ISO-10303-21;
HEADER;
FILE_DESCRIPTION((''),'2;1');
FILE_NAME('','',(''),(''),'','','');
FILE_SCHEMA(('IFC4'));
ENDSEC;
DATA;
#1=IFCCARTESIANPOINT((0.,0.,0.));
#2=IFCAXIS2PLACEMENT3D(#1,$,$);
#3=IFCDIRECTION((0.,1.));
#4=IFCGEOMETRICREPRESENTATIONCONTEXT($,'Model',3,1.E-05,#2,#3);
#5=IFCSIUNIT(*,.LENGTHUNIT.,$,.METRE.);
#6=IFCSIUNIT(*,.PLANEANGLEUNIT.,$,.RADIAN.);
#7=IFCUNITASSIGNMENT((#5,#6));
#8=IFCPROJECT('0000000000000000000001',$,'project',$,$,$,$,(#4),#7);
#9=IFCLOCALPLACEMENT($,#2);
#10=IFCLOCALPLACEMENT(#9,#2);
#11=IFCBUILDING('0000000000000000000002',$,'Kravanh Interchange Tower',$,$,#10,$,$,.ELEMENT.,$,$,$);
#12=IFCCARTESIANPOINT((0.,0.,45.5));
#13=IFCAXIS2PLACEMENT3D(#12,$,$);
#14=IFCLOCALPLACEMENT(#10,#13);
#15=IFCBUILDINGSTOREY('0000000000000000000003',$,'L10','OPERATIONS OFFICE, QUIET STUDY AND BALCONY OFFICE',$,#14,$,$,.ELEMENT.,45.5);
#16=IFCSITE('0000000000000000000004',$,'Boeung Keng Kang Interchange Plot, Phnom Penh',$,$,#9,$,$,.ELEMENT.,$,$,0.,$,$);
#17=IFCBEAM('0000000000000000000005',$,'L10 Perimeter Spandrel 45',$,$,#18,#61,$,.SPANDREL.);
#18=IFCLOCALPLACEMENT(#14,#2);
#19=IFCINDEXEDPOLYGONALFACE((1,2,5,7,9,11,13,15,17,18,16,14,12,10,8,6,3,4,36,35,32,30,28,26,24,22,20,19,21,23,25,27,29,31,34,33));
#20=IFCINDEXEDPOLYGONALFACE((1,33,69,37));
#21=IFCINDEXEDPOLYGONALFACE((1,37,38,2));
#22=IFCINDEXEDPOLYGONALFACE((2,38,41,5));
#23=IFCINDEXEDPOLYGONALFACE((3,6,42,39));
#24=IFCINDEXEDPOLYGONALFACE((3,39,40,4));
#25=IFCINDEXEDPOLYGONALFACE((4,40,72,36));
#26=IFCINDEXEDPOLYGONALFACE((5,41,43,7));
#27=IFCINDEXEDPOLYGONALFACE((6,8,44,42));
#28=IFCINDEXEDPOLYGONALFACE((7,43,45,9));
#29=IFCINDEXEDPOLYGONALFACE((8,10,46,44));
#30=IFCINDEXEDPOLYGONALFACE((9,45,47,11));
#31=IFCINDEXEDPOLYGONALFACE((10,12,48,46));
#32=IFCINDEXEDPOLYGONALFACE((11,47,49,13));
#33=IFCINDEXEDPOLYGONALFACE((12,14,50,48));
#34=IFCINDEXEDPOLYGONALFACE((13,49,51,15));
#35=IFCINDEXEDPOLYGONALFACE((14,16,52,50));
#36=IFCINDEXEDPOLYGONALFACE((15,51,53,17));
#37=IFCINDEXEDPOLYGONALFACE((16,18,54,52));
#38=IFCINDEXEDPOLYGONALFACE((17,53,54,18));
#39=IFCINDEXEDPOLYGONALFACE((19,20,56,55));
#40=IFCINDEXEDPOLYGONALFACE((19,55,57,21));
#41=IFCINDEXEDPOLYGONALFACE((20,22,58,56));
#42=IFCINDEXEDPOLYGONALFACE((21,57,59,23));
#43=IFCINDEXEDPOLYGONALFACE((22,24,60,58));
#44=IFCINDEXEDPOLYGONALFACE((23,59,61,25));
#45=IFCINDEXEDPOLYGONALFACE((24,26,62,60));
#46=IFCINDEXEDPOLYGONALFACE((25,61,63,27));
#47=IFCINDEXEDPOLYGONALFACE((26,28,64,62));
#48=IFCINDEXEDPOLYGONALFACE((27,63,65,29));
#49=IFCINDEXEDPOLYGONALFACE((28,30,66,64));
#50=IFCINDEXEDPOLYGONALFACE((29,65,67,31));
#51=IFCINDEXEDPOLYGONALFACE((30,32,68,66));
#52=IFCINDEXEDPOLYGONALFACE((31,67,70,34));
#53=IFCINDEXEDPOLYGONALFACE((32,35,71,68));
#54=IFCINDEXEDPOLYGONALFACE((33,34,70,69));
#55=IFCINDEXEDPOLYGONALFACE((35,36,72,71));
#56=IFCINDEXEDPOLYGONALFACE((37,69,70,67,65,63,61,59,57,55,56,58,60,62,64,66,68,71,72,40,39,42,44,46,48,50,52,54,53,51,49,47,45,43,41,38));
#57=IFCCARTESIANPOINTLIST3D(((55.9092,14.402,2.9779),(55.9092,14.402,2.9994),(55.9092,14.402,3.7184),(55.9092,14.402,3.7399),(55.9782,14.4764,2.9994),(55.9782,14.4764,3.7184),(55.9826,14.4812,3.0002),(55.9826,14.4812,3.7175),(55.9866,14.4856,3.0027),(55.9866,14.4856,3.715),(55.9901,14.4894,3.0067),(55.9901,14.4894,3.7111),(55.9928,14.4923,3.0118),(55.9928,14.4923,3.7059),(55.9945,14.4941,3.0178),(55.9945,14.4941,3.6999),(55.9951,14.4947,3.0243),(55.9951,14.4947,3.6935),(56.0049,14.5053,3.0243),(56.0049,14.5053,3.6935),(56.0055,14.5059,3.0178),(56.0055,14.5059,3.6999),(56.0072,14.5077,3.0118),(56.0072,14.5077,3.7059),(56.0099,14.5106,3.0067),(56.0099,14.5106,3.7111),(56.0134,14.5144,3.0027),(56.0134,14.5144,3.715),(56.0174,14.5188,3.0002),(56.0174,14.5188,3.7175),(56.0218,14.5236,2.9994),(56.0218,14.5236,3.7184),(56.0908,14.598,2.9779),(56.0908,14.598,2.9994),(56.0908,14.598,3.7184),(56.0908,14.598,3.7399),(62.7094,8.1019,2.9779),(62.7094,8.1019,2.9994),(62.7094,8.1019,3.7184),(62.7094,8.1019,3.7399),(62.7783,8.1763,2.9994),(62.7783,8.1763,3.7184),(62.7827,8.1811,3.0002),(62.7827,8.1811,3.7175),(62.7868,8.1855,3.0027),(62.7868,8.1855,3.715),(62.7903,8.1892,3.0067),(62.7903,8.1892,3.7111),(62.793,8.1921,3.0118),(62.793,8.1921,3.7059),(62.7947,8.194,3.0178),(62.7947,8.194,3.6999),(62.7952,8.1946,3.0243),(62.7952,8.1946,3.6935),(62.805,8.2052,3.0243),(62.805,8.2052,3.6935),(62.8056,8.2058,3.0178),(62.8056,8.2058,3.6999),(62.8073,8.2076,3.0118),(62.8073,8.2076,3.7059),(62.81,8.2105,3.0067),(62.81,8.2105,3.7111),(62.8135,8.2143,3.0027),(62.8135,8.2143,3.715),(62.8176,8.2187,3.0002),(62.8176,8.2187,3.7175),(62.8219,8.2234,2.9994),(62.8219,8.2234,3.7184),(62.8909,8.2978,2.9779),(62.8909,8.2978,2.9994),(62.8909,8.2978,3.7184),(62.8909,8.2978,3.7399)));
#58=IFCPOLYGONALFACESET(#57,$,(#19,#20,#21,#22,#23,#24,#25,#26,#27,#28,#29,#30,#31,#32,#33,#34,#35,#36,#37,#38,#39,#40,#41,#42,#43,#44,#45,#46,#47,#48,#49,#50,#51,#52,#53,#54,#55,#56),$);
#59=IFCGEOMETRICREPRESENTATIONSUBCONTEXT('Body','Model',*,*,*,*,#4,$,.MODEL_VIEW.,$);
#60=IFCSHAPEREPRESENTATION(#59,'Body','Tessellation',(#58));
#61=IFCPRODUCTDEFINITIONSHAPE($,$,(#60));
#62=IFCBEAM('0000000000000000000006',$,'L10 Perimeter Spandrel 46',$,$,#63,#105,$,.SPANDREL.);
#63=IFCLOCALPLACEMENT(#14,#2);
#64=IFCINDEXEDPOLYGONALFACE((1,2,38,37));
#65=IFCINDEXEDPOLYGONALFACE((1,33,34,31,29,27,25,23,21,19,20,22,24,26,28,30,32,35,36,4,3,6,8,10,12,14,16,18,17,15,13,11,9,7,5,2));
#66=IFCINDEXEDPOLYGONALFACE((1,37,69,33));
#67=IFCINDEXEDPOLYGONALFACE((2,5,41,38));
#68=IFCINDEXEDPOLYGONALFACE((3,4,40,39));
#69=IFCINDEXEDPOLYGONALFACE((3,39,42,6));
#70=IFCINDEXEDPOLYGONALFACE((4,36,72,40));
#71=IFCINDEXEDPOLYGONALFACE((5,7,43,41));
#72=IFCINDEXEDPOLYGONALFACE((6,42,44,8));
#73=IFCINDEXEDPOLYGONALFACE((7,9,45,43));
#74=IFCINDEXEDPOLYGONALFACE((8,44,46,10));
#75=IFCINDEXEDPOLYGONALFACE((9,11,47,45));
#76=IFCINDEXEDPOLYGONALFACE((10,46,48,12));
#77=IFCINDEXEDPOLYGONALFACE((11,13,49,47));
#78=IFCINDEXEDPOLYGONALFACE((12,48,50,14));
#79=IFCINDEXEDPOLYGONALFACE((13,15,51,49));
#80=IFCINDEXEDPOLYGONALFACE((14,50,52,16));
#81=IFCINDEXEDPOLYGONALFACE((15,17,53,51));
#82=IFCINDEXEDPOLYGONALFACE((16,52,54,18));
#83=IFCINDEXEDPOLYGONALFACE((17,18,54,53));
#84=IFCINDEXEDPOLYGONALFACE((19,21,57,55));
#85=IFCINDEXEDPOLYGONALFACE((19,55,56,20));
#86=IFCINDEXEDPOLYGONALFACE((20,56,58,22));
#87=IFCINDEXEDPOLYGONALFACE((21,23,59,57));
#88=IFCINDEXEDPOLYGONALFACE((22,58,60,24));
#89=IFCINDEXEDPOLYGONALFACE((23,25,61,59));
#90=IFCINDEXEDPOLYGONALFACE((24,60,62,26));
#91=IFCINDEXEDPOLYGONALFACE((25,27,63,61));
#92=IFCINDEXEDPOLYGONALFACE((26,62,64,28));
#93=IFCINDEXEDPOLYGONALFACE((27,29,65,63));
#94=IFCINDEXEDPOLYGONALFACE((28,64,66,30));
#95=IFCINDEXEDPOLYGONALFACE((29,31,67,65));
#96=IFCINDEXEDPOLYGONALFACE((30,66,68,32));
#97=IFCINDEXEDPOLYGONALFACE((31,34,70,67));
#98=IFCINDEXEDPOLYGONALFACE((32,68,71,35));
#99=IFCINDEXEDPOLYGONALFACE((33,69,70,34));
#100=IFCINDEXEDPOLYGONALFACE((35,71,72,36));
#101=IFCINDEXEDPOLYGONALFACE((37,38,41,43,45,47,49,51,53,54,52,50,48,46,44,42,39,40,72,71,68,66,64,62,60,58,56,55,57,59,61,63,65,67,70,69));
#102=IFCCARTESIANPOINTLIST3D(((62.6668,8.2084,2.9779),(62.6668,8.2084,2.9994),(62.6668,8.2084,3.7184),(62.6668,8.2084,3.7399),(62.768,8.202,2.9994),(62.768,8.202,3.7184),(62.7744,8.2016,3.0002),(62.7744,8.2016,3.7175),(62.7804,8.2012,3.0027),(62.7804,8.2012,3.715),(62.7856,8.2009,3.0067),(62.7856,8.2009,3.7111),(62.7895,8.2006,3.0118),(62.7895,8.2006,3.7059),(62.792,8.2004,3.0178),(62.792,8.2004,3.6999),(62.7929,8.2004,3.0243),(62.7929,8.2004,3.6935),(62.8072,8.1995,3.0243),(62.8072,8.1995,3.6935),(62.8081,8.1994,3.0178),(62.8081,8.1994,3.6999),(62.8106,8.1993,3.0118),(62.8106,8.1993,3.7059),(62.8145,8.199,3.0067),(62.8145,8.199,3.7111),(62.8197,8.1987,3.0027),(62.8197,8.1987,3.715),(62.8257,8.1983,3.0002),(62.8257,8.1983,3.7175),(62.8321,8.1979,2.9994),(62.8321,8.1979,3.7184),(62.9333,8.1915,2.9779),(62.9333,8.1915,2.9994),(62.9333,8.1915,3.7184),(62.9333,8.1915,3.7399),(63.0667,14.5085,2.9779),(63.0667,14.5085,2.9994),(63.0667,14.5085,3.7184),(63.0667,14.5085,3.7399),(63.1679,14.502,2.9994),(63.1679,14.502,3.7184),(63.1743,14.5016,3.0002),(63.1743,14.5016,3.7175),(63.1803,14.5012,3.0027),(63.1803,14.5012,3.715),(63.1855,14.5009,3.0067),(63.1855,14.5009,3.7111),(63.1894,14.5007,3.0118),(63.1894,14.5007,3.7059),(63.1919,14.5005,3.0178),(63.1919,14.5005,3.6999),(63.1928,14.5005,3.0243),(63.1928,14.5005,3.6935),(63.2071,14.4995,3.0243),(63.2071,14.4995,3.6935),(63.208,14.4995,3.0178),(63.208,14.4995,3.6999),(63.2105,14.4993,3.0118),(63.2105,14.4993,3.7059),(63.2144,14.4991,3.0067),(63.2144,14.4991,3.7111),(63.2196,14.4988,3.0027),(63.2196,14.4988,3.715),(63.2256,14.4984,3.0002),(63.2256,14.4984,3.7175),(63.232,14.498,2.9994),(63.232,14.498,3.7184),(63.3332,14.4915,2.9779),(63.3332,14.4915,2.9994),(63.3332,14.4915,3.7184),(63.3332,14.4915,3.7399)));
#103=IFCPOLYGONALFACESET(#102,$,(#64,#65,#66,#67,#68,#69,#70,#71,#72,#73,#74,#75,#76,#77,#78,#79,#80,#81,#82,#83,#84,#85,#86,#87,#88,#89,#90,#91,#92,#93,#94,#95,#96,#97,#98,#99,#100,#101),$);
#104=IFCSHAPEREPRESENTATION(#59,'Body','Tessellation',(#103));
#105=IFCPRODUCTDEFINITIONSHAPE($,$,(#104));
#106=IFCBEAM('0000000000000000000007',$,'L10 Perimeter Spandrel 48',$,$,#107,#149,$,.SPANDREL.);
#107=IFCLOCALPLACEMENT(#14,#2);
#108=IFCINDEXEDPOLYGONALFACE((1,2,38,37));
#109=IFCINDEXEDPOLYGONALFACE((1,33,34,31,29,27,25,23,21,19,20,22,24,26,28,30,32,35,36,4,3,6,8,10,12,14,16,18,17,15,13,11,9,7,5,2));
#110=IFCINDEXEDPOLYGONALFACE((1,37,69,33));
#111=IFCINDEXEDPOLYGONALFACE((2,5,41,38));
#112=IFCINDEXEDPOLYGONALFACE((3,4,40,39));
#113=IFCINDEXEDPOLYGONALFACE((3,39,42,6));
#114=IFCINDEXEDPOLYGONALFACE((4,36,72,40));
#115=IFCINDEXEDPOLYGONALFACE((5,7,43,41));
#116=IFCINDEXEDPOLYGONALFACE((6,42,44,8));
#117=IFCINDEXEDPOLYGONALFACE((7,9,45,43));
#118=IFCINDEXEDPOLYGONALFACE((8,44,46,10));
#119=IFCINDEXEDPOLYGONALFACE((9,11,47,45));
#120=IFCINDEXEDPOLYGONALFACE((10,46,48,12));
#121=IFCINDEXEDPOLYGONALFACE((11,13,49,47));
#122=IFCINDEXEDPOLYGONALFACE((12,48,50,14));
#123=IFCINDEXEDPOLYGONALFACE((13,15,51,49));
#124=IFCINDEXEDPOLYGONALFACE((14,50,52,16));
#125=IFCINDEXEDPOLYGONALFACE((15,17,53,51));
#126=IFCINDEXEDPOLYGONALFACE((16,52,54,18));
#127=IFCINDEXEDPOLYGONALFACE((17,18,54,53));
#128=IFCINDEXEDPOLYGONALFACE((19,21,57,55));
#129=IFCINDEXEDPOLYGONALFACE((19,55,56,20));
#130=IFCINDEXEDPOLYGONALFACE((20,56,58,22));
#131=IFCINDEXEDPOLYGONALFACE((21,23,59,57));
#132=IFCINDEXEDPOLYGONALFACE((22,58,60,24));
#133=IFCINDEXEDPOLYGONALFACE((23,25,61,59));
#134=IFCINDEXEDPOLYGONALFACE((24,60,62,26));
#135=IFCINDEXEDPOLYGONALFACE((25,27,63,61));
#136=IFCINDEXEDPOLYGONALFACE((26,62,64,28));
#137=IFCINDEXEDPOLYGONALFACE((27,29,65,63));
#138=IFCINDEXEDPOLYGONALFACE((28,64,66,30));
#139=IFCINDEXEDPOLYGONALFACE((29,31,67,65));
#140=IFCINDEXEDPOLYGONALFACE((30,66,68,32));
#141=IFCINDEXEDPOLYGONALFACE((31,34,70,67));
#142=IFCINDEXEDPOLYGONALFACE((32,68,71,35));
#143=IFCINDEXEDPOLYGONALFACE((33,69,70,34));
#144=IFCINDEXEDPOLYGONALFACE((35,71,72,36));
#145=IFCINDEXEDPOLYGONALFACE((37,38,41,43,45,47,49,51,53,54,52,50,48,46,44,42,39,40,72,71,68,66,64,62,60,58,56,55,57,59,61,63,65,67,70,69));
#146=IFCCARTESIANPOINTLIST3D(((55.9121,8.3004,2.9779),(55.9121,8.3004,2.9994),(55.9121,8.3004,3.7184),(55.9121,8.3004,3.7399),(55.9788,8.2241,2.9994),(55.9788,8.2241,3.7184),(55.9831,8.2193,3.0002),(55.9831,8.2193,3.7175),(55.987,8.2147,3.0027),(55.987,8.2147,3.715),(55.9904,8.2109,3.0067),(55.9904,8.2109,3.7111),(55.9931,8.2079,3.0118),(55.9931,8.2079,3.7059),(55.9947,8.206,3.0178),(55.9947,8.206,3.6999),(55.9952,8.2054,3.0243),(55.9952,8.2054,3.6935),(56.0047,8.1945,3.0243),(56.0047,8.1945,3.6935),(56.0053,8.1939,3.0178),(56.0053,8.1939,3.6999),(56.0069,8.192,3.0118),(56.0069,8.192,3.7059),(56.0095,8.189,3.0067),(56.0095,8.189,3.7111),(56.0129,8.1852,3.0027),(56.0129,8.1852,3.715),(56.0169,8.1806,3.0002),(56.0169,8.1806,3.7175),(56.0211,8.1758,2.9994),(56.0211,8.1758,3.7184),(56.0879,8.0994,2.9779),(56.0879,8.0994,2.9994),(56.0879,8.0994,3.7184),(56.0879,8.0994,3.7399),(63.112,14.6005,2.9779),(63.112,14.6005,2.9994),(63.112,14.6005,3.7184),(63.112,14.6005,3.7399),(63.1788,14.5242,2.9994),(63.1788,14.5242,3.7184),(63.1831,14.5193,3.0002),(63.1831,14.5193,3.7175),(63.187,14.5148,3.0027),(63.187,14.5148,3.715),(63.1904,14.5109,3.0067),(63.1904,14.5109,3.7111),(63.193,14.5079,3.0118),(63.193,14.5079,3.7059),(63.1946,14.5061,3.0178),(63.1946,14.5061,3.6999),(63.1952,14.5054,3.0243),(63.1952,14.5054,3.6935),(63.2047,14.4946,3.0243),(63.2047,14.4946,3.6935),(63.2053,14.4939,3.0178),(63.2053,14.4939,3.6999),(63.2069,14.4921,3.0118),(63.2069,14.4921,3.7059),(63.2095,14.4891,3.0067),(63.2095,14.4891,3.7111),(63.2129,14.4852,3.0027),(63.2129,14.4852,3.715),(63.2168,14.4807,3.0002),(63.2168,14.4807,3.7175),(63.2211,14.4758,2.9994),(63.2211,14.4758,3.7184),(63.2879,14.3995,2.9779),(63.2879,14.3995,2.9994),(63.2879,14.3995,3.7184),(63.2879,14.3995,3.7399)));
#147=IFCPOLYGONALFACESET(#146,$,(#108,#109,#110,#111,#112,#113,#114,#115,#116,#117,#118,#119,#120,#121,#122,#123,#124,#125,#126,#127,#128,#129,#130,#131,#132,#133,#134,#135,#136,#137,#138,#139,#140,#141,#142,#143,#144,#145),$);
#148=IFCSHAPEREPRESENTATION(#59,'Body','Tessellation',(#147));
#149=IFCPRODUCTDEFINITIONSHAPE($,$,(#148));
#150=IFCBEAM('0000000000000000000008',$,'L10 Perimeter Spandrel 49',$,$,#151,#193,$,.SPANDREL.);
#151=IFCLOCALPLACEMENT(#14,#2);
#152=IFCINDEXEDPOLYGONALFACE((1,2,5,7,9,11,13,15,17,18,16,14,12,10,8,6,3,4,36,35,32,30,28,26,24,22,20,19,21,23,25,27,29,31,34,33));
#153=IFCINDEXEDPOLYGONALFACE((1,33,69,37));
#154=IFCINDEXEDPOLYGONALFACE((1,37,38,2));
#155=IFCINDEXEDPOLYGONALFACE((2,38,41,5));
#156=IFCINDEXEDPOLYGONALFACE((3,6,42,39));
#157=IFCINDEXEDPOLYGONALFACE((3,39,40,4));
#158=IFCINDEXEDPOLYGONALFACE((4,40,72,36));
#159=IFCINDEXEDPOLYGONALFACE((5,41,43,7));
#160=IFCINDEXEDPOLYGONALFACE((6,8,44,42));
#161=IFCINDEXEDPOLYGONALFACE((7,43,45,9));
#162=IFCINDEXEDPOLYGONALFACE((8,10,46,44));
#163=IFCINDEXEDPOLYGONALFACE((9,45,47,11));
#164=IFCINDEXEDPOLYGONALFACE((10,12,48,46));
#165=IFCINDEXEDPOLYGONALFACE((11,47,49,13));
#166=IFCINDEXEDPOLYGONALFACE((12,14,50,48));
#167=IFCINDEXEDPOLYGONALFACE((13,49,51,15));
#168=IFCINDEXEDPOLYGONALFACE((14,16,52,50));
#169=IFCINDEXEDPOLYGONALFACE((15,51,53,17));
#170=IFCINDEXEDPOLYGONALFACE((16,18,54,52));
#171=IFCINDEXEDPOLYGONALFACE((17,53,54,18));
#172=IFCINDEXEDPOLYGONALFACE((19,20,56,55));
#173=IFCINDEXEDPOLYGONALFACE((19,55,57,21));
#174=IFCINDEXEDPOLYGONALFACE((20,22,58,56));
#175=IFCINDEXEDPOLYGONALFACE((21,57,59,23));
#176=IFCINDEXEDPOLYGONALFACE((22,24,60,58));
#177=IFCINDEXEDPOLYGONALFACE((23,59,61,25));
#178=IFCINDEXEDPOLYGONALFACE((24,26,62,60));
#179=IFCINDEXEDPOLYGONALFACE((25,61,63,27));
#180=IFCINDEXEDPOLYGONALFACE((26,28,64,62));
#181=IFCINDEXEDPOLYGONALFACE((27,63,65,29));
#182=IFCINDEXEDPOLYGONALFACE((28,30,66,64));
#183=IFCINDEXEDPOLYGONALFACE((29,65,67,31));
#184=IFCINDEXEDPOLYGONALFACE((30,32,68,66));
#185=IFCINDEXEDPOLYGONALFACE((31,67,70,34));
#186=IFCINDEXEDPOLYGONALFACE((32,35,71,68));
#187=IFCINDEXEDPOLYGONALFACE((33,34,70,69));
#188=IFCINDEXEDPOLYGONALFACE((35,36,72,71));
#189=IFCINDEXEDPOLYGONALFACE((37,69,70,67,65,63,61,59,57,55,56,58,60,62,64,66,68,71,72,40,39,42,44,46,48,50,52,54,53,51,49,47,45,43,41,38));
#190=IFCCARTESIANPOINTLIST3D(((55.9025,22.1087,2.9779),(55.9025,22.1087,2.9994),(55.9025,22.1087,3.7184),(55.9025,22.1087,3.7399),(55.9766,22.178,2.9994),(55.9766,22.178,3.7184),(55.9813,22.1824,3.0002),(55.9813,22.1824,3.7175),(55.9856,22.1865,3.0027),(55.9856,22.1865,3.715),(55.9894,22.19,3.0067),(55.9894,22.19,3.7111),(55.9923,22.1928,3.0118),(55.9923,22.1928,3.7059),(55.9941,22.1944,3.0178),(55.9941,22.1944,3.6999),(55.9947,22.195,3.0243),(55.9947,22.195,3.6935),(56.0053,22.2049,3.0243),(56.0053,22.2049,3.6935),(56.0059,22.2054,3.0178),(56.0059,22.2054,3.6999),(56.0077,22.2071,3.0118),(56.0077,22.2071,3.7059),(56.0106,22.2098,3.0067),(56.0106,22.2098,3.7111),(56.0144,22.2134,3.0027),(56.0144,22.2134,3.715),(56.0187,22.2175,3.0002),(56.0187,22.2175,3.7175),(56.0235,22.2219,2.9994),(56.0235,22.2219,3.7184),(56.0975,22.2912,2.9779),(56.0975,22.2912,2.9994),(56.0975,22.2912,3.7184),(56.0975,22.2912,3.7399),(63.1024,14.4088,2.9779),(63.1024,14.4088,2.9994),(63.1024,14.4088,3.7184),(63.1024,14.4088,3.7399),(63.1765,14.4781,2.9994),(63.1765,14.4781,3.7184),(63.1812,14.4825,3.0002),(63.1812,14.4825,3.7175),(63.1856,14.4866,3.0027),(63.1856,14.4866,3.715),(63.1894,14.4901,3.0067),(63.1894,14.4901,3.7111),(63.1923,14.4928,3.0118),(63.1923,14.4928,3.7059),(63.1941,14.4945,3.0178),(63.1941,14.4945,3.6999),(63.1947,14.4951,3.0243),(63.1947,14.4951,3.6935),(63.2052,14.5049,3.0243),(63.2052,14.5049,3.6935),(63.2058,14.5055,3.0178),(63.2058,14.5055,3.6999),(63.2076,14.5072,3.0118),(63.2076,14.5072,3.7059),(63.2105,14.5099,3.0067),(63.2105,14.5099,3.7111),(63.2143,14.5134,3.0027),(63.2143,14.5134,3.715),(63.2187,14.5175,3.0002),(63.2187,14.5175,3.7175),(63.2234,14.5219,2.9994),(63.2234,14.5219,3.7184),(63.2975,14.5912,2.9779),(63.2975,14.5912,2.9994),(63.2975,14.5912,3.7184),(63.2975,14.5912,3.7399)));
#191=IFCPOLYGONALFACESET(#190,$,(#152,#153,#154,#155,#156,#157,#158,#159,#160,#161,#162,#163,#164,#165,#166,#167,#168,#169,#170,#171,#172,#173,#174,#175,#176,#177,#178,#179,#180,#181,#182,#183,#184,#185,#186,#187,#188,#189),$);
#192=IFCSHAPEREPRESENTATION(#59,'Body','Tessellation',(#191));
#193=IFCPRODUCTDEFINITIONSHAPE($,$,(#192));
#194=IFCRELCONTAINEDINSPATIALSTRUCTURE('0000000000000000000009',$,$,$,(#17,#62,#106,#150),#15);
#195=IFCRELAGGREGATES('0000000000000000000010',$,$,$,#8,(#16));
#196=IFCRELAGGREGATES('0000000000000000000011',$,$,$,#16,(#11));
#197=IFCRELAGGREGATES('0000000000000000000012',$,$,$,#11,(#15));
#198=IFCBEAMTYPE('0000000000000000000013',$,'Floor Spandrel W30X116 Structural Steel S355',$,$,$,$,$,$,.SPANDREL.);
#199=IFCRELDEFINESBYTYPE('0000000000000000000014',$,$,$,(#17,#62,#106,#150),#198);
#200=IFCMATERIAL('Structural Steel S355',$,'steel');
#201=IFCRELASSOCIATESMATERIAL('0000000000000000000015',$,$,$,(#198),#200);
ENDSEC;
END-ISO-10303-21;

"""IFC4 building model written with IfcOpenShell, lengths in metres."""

from ifc_helpers import new_model, si_unit, direction, frame, origin, origin_2d, place, context, subcontext, project, spatial, i_section, extrude, material, material_profile, profile_set, type_object, element, save


model = new_model("IFC4")

# Units and contexts
model_context = context("Model", 3, precision=1e-05, world=origin(), true_north=direction((0.0, 1.0)))
body_context = subcontext(model_context, "Body", "Model", "MODEL_VIEW")
ifc_project = project(units=[si_unit("LENGTHUNIT", "METRE"), si_unit("PLANEANGLEUNIT", "RADIAN")], contexts=[model_context])

# Site, building, storey
site_placement = place(None, origin())
site = spatial("IfcSite", under=ifc_project, at=site_placement, Name="Boeung Keng Kang Interchange Plot, Phnom Penh", CompositionType="ELEMENT", RefElevation=0.0)
building_placement = place(site_placement, origin())
building = spatial("IfcBuilding", under=site, at=building_placement, Name="Kravanh Interchange Tower", CompositionType="ELEMENT")
storey_placement = place(building_placement, frame((0.0, 0.0, 45.5)))
storey = spatial("IfcBuildingStorey", under=building, at=storey_placement, Name="L10", Description="OPERATIONS OFFICE, QUIET STUDY AND BALCONY OFFICE", CompositionType="ELEMENT", Elevation=45.5)

# Beams
ifc_material_1 = material(Name="Structural Steel S355", Category="steel")
ifc_material_profile_1 = material_profile(ifc_material_1, i_section(OverallWidth=0.2671, OverallDepth=0.762, WebThickness=0.0144, FlangeThickness=0.0215, FilletRadius=0.0249, at=origin_2d()), Name="W30X116")
ifc_profile_set_1 = profile_set([ifc_material_profile_1], Name="Structural Steel S355")
beam_type_1 = type_object("IfcBeamType", Name="Floor Spandrel W30X116 Structural Steel S355", PredefinedType="SPANDREL", material=ifc_profile_set_1)
beam_1_placement = place(storey_placement, frame((56.0, 14.5, 3.3589), z_axis=(0.733561, -0.679623, 0.0), x_axis=(0.679623, 0.733561, 0.0)))
element("IfcBeam", 1, at=beam_1_placement, inside=storey, type_object=beam_type_1, Name="L10 Perimeter Spandrel 45", PredefinedType="SPANDREL", context=body_context, shape_type="SweptSolid", body=[
    extrude(i_section(OverallWidth=0.2671, OverallDepth=0.762, WebThickness=0.0144, FlangeThickness=0.0215, FilletRadius=0.0249, at=origin_2d()), origin(), (0.0, 0.0, 1.0), 9.27),
])
beam_2_placement = place(storey_placement, frame((63.2, 14.5, 3.3589), z_axis=(-0.063349, -0.997991, 0.0), x_axis=(0.997991, -0.063349, 0.0)))
element("IfcBeam", 2, at=beam_2_placement, inside=storey, type_object=beam_type_1, Name="L10 Perimeter Spandrel 46", PredefinedType="SPANDREL", context=body_context, shape_type="SweptSolid", body=[
    extrude(i_section(OverallWidth=0.2671, OverallDepth=0.762, WebThickness=0.0144, FlangeThickness=0.0215, FilletRadius=0.0249, at=origin_2d()), origin(), (0.0, 0.0, 1.0), 6.3127),
])
beam_3_placement = place(storey_placement, frame((63.2, 14.5, 3.3589), z_axis=(-0.752572, -0.65851, 0.0), x_axis=(0.65851, -0.752572, 0.0)))
element("IfcBeam", 3, at=beam_3_placement, inside=storey, type_object=beam_type_1, Name="L10 Perimeter Spandrel 48", PredefinedType="SPANDREL", context=body_context, shape_type="SweptSolid", body=[
    extrude(i_section(OverallWidth=0.2671, OverallDepth=0.762, WebThickness=0.0144, FlangeThickness=0.0215, FilletRadius=0.0249, at=origin_2d()), origin(), (0.0, 0.0, 1.0), 9.5671),
])
beam_4_placement = place(storey_placement, frame((63.2, 14.5, 3.3589), z_axis=(-0.682994, 0.730424, 0.0), x_axis=(-0.730424, -0.682994, 0.0)))
element("IfcBeam", 4, at=beam_4_placement, inside=storey, type_object=beam_type_1, Name="L10 Perimeter Spandrel 49", PredefinedType="SPANDREL", context=body_context, shape_type="SweptSolid", body=[
    extrude(i_section(OverallWidth=0.2671, OverallDepth=0.762, WebThickness=0.0144, FlangeThickness=0.0215, FilletRadius=0.0249, at=origin_2d()), origin(), (0.0, 0.0, 1.0), 10.5417),
])

save(model, "model.ifc")
